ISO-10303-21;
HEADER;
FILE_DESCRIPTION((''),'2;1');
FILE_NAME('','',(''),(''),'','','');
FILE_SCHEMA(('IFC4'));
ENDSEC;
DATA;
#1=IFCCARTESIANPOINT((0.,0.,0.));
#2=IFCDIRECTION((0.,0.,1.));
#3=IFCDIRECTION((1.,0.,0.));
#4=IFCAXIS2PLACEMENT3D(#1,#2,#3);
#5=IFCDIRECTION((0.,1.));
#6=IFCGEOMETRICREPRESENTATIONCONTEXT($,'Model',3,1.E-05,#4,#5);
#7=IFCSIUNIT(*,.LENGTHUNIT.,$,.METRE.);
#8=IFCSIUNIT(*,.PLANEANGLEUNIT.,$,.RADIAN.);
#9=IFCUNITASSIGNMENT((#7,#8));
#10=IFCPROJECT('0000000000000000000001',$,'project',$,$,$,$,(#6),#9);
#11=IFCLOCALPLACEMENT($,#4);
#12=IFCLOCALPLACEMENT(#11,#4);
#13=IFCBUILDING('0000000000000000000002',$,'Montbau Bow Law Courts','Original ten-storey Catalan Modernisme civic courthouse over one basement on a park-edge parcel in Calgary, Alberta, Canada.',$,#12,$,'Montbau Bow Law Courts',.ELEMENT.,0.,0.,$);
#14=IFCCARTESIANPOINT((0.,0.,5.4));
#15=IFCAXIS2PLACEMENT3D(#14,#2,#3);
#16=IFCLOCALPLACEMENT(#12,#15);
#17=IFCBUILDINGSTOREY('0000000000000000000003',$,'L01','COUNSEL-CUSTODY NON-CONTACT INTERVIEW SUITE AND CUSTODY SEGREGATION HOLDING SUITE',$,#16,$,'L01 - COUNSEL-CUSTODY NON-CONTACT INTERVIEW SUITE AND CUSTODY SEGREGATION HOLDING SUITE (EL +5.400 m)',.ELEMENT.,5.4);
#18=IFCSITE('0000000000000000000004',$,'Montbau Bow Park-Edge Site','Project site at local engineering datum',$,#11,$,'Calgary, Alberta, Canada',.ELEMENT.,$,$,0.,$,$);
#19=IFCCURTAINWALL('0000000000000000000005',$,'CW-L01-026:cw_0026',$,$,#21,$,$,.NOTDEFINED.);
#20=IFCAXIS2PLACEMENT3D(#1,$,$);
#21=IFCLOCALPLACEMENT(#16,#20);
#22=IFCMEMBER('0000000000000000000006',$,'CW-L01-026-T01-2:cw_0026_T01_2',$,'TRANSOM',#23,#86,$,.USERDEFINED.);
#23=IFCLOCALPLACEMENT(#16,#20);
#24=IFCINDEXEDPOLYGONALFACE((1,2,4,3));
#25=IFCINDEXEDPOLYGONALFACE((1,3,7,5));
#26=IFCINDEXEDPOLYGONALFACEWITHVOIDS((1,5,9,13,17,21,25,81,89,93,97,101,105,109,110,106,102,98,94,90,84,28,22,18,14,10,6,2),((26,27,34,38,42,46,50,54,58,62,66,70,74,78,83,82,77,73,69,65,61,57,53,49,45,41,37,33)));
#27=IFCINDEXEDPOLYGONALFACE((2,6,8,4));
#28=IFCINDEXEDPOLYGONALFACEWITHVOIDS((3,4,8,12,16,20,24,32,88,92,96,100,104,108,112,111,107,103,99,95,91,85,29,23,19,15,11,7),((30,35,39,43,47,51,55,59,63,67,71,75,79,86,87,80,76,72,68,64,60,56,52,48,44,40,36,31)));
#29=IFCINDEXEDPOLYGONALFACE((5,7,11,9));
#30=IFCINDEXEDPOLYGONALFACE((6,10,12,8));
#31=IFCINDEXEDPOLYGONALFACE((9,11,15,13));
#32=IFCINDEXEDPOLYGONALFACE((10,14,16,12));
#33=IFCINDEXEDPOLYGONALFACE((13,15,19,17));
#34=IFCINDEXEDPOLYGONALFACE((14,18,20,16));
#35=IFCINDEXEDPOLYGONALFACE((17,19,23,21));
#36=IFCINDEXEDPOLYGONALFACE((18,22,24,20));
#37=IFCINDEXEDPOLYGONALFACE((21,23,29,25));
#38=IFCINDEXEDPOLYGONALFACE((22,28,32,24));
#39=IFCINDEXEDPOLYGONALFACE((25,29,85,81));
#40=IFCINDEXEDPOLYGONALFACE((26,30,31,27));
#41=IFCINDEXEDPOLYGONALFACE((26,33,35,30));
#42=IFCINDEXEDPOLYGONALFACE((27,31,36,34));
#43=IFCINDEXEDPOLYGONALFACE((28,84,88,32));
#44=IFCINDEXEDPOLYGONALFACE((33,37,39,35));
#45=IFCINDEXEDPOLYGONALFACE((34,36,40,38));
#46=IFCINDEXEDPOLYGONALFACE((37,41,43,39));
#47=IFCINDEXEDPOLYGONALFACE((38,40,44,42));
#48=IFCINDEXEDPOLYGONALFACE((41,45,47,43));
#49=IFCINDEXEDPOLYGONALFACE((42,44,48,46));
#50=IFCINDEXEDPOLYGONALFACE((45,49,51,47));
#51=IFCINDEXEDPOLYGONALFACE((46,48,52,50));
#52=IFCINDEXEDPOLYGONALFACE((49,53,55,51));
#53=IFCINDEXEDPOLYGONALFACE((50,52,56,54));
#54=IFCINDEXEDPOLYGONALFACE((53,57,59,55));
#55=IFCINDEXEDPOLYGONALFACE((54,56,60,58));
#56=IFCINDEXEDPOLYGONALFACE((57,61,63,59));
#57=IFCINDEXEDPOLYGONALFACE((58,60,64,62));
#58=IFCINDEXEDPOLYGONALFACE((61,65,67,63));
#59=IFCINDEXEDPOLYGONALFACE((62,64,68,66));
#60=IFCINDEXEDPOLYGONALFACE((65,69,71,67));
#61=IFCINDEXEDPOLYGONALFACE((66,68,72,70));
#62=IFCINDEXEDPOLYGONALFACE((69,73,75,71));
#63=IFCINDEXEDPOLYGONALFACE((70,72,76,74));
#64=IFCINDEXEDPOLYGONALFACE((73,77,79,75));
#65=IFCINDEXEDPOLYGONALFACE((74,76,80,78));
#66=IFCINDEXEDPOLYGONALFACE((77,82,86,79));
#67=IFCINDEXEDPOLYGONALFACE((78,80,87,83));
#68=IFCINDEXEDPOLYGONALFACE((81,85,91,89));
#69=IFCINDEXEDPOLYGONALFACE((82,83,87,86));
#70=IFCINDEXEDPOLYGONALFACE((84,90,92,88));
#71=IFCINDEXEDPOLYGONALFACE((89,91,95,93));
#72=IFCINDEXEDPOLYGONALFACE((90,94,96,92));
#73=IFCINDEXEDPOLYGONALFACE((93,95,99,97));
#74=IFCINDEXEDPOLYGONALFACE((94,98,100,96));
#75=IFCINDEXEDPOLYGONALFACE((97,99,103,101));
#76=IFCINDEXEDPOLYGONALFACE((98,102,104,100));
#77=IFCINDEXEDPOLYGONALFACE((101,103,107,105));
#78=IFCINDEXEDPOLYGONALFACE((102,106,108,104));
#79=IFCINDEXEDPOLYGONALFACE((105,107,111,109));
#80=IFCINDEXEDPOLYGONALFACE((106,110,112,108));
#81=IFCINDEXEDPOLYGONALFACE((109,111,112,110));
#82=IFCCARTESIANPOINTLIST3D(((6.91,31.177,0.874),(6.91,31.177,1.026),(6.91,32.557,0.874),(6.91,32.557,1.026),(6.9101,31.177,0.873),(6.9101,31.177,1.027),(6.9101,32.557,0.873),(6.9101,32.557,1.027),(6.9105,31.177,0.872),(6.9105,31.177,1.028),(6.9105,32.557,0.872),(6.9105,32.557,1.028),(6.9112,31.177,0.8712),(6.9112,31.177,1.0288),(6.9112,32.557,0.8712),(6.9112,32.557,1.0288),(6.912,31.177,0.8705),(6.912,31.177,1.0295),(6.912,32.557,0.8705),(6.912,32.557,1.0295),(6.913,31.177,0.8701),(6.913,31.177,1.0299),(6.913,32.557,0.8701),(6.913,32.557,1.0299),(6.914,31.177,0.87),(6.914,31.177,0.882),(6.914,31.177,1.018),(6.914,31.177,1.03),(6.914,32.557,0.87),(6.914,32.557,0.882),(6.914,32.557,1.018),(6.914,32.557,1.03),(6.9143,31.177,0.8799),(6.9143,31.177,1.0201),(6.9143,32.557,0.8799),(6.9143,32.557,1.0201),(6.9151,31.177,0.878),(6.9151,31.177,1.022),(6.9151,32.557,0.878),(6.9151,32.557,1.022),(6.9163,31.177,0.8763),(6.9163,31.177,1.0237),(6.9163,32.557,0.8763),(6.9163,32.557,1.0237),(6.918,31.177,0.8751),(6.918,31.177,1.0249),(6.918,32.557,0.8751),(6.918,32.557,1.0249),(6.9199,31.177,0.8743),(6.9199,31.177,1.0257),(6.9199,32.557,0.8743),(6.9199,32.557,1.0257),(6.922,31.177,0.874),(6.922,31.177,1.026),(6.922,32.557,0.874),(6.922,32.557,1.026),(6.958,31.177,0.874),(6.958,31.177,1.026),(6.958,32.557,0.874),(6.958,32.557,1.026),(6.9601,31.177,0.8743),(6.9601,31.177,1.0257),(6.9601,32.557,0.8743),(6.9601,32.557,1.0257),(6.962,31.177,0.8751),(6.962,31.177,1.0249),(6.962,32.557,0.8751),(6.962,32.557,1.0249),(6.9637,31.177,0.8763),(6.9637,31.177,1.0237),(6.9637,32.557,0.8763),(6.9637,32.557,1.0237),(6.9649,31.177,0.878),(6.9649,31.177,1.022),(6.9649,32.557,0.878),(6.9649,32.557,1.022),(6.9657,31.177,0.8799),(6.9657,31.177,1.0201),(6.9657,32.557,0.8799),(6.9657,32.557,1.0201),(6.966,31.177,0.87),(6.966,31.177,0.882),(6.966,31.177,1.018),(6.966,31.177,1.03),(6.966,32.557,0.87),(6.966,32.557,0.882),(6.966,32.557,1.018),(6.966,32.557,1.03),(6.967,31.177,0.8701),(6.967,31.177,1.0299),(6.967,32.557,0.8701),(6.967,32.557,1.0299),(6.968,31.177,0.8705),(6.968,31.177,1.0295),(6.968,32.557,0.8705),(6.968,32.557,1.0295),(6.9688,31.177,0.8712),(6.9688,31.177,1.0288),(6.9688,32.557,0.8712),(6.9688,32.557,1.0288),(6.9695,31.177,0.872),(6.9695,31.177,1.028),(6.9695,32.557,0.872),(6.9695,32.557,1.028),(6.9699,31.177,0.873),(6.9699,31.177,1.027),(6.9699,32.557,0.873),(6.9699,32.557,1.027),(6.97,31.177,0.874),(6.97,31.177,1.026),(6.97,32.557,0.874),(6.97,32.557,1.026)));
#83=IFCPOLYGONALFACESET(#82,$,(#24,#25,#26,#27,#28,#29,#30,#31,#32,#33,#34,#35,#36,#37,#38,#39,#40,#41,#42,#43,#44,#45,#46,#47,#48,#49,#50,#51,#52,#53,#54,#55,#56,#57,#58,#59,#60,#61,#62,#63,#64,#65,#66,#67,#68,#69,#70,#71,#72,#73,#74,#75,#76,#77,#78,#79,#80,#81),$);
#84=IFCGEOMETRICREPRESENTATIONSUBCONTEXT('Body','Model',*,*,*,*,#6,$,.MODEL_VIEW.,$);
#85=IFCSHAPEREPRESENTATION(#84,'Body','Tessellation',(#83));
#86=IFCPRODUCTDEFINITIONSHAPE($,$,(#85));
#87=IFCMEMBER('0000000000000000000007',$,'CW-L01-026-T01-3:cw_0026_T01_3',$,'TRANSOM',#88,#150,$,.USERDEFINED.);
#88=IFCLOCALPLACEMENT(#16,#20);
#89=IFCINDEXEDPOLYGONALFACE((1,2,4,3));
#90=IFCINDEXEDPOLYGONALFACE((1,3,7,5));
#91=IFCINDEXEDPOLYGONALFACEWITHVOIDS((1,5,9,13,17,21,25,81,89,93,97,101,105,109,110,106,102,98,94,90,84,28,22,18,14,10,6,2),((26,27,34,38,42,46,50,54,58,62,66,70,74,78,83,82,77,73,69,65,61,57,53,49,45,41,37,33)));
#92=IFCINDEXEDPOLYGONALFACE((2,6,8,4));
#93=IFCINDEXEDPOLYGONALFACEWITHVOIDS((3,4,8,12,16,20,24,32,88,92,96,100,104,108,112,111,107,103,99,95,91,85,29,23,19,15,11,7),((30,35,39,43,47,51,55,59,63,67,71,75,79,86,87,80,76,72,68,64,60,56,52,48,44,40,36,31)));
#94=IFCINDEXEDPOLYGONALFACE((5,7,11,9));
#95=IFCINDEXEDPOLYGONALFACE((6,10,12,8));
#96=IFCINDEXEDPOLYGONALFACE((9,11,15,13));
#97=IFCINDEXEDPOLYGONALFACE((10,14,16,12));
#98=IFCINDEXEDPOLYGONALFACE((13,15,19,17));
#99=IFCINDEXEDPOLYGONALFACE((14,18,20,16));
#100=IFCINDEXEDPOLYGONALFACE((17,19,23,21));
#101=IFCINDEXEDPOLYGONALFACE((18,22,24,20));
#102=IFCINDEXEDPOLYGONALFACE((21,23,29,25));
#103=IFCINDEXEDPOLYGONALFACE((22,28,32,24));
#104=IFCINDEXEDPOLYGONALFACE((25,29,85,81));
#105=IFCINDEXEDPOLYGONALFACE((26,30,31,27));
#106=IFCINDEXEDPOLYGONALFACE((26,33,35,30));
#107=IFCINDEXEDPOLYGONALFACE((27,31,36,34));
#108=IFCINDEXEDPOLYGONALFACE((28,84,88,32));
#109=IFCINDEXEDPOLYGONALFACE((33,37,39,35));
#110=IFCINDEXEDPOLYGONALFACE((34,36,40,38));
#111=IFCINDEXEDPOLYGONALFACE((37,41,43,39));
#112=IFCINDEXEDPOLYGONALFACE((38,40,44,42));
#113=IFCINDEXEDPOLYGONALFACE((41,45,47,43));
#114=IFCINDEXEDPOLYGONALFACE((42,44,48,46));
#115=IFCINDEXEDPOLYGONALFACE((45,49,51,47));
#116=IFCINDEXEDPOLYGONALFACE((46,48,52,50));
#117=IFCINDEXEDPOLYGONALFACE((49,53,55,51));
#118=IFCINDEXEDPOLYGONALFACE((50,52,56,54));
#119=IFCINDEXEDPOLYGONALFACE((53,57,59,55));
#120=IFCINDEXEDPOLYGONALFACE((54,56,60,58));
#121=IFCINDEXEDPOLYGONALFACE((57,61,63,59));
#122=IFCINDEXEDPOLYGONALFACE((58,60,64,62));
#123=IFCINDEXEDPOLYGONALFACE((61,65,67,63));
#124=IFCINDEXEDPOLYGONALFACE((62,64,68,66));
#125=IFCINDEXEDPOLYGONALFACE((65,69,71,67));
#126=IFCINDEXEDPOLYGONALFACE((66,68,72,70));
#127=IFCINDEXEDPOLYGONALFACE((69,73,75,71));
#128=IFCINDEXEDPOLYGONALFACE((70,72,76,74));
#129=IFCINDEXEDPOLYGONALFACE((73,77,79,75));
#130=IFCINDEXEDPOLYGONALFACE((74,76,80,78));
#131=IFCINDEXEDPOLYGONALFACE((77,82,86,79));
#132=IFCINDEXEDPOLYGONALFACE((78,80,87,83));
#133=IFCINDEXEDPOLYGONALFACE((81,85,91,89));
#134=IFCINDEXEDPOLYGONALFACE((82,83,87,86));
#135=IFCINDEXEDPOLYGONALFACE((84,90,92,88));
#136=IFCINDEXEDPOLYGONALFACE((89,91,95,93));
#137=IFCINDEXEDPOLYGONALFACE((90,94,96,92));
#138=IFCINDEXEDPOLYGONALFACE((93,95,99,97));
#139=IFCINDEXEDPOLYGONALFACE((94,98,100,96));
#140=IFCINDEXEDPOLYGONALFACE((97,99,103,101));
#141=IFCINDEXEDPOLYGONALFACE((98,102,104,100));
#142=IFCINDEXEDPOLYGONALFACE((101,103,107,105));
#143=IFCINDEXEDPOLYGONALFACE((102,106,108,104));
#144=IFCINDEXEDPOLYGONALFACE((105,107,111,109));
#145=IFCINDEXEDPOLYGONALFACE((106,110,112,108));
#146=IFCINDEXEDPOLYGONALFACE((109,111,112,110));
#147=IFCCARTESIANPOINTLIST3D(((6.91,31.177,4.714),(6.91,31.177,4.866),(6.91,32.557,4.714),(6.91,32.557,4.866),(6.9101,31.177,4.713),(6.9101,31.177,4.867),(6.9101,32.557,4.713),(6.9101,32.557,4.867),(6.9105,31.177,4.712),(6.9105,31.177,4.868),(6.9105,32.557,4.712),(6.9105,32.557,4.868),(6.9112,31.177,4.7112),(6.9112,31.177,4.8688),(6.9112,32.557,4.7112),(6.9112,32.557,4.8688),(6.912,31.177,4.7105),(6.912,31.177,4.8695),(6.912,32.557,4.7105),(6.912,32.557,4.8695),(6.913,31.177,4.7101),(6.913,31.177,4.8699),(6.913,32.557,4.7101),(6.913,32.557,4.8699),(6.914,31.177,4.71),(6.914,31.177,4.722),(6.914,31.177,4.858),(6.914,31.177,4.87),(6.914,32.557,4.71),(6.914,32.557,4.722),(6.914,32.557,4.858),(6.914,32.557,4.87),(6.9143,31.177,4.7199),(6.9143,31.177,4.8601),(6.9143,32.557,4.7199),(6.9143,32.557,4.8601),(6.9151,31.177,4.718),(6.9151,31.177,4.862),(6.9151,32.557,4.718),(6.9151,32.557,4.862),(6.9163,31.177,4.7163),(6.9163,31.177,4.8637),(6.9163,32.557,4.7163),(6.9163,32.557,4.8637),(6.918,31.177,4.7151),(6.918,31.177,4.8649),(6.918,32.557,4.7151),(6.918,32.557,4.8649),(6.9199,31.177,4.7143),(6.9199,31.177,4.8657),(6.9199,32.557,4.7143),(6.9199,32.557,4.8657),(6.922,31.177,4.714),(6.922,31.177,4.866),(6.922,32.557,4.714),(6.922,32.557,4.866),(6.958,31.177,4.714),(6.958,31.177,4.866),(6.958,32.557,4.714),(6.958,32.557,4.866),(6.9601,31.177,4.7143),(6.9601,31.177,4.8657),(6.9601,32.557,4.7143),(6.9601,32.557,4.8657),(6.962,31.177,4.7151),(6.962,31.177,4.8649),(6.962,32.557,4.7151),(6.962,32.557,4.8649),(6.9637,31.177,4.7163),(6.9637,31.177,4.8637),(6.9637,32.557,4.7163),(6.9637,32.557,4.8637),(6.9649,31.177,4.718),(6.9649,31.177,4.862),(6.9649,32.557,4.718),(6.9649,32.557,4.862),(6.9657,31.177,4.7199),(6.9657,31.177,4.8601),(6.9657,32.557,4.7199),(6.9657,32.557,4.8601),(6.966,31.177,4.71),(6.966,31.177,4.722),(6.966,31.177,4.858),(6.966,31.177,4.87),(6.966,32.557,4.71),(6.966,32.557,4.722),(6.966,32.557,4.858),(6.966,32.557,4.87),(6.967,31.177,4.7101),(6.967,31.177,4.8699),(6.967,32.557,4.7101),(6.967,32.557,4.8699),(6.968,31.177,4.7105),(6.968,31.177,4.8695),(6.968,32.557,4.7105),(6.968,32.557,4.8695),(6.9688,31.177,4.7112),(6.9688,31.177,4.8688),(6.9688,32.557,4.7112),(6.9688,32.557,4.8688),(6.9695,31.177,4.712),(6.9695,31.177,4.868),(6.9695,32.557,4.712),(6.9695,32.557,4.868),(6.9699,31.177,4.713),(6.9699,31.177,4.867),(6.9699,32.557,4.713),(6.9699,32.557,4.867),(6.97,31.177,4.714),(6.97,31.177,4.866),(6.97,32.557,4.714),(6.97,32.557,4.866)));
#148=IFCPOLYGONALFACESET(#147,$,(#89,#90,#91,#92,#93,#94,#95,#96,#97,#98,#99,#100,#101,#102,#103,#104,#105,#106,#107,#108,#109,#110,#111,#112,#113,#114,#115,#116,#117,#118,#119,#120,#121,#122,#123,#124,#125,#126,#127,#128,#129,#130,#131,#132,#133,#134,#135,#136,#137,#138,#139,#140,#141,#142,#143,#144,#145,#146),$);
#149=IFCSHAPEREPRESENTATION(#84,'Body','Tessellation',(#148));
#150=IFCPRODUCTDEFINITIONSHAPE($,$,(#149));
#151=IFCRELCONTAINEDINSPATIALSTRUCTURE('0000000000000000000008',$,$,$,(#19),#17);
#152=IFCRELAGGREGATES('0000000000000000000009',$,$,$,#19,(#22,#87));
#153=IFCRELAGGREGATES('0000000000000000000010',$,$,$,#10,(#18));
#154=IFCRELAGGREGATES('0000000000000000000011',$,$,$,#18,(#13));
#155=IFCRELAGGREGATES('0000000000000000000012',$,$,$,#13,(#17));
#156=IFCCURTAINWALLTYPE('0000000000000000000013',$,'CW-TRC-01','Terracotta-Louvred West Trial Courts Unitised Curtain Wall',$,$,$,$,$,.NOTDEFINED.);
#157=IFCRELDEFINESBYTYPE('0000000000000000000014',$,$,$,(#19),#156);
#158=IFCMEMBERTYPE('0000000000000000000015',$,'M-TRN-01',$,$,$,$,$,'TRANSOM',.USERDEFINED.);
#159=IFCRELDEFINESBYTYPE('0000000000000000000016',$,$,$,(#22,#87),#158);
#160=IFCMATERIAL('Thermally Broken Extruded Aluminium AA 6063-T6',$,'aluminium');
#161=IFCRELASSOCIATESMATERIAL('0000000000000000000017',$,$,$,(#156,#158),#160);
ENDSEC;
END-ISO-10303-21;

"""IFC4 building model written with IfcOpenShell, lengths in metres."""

from ifc_helpers import new_model, si_unit, direction, frame, origin_with_axes, origin_2d_with_axis, place, context, subcontext, project, spatial, hollow_rectangle, extrude, material, material_profile, profile_set, type_object, element, aggregate, save


model = new_model("IFC4")

# Units and contexts
model_context = context("Model", 3, precision=1e-05, world=origin_with_axes(), true_north=direction((0.0, 1.0)))
body_context = subcontext(model_context, "Body", "Model", "MODEL_VIEW")
ifc_project = project(units=[si_unit("LENGTHUNIT", "METRE"), si_unit("PLANEANGLEUNIT", "RADIAN")], contexts=[model_context])

# Site, building, storey
site_placement = place(None, origin_with_axes())
site = spatial("IfcSite", under=ifc_project, at=site_placement, Name="Montbau Bow Park-Edge Site", Description="Project site at local engineering datum", LongName="Calgary, Alberta, Canada", CompositionType="ELEMENT", RefElevation=0.0)
building_placement = place(site_placement, origin_with_axes())
building = spatial("IfcBuilding", under=site, at=building_placement, Name="Montbau Bow Law Courts", Description="Original ten-storey Catalan Modernisme civic courthouse over one basement on a park-edge parcel in Calgary, Alberta, Canada.", LongName="Montbau Bow Law Courts", CompositionType="ELEMENT", ElevationOfRefHeight=0.0, ElevationOfTerrain=0.0)
storey_placement = place(building_placement, frame((0.0, 0.0, 5.4), z_axis=(0.0, 0.0, 1.0), x_axis=(1.0, 0.0, 0.0)))
storey = spatial("IfcBuildingStorey", under=building, at=storey_placement, Name="L01", Description="COUNSEL-CUSTODY NON-CONTACT INTERVIEW SUITE AND CUSTODY SEGREGATION HOLDING SUITE", LongName="L01 - COUNSEL-CUSTODY NON-CONTACT INTERVIEW SUITE AND CUSTODY SEGREGATION HOLDING SUITE (EL +5.400 m)", CompositionType="ELEMENT", Elevation=5.4)

# Curtain wall, members
ifc_material_1 = material(Name="Thermally Broken Extruded Aluminium AA 6063-T6", Category="aluminium")
curtain_wall_type = type_object("IfcCurtainWallType", Name="CW-TRC-01", Description="Terracotta-Louvred West Trial Courts Unitised Curtain Wall", PredefinedType="NOTDEFINED", material=ifc_material_1)
ifc_material_profile = material_profile(ifc_material_1, hollow_rectangle(XDim=0.06, YDim=0.16, WallThickness=0.004, InnerFilletRadius=0.008, OuterFilletRadius=0.004, at=origin_2d_with_axis()), Name="CWT-160X60", Category="Main", Priority=0)
ifc_profile_set = profile_set([ifc_material_profile], Name="Thermally Broken Extruded Aluminium AA 6063-T6")
member_type = type_object("IfcMemberType", Name="M-TRN-01", ElementType="TRANSOM", PredefinedType="USERDEFINED", material=ifc_profile_set)
curtain_wall_1_placement = place(None, frame((6.94, 31.115, 5.4), z_axis=(0.0, 0.0, 1.0), x_axis=(1.0, 0.0, 0.0)))
curtain_wall_1 = element("IfcCurtainWall", 1, at=curtain_wall_1_placement, inside=storey, type_object=curtain_wall_type, Name="CW-L01-026:cw_0026", PredefinedType="NOTDEFINED")
member_1_placement = place(None, frame((6.94, 31.177, 6.35), z_axis=(0.0, 1.0, 0.0), x_axis=(-1.0, 0.0, 0.0)))
member_1 = element("IfcMember", 2, at=member_1_placement, type_object=member_type, Name="CW-L01-026-T01-2:cw_0026_T01_2", ObjectType="TRANSOM", PredefinedType="USERDEFINED", context=body_context, shape_type="SweptSolid", body=[
    extrude(hollow_rectangle(XDim=0.06, YDim=0.16, WallThickness=0.004, InnerFilletRadius=0.008, OuterFilletRadius=0.004, at=origin_2d_with_axis()), origin_with_axes(), (0.0, 0.0, 1.0), 1.38),
])
member_2_placement = place(None, frame((6.94, 31.177, 10.19), z_axis=(0.0, 1.0, 0.0), x_axis=(-1.0, 0.0, 0.0)))
member_2 = element("IfcMember", 3, at=member_2_placement, type_object=member_type, Name="CW-L01-026-T01-3:cw_0026_T01_3", ObjectType="TRANSOM", PredefinedType="USERDEFINED", context=body_context, shape_type="SweptSolid", body=[
    extrude(hollow_rectangle(XDim=0.06, YDim=0.16, WallThickness=0.004, InnerFilletRadius=0.008, OuterFilletRadius=0.004, at=origin_2d_with_axis()), origin_with_axes(), (0.0, 0.0, 1.0), 1.38),
])

aggregate(curtain_wall_1, [member_1, member_2])

save(model, "model.ifc")
